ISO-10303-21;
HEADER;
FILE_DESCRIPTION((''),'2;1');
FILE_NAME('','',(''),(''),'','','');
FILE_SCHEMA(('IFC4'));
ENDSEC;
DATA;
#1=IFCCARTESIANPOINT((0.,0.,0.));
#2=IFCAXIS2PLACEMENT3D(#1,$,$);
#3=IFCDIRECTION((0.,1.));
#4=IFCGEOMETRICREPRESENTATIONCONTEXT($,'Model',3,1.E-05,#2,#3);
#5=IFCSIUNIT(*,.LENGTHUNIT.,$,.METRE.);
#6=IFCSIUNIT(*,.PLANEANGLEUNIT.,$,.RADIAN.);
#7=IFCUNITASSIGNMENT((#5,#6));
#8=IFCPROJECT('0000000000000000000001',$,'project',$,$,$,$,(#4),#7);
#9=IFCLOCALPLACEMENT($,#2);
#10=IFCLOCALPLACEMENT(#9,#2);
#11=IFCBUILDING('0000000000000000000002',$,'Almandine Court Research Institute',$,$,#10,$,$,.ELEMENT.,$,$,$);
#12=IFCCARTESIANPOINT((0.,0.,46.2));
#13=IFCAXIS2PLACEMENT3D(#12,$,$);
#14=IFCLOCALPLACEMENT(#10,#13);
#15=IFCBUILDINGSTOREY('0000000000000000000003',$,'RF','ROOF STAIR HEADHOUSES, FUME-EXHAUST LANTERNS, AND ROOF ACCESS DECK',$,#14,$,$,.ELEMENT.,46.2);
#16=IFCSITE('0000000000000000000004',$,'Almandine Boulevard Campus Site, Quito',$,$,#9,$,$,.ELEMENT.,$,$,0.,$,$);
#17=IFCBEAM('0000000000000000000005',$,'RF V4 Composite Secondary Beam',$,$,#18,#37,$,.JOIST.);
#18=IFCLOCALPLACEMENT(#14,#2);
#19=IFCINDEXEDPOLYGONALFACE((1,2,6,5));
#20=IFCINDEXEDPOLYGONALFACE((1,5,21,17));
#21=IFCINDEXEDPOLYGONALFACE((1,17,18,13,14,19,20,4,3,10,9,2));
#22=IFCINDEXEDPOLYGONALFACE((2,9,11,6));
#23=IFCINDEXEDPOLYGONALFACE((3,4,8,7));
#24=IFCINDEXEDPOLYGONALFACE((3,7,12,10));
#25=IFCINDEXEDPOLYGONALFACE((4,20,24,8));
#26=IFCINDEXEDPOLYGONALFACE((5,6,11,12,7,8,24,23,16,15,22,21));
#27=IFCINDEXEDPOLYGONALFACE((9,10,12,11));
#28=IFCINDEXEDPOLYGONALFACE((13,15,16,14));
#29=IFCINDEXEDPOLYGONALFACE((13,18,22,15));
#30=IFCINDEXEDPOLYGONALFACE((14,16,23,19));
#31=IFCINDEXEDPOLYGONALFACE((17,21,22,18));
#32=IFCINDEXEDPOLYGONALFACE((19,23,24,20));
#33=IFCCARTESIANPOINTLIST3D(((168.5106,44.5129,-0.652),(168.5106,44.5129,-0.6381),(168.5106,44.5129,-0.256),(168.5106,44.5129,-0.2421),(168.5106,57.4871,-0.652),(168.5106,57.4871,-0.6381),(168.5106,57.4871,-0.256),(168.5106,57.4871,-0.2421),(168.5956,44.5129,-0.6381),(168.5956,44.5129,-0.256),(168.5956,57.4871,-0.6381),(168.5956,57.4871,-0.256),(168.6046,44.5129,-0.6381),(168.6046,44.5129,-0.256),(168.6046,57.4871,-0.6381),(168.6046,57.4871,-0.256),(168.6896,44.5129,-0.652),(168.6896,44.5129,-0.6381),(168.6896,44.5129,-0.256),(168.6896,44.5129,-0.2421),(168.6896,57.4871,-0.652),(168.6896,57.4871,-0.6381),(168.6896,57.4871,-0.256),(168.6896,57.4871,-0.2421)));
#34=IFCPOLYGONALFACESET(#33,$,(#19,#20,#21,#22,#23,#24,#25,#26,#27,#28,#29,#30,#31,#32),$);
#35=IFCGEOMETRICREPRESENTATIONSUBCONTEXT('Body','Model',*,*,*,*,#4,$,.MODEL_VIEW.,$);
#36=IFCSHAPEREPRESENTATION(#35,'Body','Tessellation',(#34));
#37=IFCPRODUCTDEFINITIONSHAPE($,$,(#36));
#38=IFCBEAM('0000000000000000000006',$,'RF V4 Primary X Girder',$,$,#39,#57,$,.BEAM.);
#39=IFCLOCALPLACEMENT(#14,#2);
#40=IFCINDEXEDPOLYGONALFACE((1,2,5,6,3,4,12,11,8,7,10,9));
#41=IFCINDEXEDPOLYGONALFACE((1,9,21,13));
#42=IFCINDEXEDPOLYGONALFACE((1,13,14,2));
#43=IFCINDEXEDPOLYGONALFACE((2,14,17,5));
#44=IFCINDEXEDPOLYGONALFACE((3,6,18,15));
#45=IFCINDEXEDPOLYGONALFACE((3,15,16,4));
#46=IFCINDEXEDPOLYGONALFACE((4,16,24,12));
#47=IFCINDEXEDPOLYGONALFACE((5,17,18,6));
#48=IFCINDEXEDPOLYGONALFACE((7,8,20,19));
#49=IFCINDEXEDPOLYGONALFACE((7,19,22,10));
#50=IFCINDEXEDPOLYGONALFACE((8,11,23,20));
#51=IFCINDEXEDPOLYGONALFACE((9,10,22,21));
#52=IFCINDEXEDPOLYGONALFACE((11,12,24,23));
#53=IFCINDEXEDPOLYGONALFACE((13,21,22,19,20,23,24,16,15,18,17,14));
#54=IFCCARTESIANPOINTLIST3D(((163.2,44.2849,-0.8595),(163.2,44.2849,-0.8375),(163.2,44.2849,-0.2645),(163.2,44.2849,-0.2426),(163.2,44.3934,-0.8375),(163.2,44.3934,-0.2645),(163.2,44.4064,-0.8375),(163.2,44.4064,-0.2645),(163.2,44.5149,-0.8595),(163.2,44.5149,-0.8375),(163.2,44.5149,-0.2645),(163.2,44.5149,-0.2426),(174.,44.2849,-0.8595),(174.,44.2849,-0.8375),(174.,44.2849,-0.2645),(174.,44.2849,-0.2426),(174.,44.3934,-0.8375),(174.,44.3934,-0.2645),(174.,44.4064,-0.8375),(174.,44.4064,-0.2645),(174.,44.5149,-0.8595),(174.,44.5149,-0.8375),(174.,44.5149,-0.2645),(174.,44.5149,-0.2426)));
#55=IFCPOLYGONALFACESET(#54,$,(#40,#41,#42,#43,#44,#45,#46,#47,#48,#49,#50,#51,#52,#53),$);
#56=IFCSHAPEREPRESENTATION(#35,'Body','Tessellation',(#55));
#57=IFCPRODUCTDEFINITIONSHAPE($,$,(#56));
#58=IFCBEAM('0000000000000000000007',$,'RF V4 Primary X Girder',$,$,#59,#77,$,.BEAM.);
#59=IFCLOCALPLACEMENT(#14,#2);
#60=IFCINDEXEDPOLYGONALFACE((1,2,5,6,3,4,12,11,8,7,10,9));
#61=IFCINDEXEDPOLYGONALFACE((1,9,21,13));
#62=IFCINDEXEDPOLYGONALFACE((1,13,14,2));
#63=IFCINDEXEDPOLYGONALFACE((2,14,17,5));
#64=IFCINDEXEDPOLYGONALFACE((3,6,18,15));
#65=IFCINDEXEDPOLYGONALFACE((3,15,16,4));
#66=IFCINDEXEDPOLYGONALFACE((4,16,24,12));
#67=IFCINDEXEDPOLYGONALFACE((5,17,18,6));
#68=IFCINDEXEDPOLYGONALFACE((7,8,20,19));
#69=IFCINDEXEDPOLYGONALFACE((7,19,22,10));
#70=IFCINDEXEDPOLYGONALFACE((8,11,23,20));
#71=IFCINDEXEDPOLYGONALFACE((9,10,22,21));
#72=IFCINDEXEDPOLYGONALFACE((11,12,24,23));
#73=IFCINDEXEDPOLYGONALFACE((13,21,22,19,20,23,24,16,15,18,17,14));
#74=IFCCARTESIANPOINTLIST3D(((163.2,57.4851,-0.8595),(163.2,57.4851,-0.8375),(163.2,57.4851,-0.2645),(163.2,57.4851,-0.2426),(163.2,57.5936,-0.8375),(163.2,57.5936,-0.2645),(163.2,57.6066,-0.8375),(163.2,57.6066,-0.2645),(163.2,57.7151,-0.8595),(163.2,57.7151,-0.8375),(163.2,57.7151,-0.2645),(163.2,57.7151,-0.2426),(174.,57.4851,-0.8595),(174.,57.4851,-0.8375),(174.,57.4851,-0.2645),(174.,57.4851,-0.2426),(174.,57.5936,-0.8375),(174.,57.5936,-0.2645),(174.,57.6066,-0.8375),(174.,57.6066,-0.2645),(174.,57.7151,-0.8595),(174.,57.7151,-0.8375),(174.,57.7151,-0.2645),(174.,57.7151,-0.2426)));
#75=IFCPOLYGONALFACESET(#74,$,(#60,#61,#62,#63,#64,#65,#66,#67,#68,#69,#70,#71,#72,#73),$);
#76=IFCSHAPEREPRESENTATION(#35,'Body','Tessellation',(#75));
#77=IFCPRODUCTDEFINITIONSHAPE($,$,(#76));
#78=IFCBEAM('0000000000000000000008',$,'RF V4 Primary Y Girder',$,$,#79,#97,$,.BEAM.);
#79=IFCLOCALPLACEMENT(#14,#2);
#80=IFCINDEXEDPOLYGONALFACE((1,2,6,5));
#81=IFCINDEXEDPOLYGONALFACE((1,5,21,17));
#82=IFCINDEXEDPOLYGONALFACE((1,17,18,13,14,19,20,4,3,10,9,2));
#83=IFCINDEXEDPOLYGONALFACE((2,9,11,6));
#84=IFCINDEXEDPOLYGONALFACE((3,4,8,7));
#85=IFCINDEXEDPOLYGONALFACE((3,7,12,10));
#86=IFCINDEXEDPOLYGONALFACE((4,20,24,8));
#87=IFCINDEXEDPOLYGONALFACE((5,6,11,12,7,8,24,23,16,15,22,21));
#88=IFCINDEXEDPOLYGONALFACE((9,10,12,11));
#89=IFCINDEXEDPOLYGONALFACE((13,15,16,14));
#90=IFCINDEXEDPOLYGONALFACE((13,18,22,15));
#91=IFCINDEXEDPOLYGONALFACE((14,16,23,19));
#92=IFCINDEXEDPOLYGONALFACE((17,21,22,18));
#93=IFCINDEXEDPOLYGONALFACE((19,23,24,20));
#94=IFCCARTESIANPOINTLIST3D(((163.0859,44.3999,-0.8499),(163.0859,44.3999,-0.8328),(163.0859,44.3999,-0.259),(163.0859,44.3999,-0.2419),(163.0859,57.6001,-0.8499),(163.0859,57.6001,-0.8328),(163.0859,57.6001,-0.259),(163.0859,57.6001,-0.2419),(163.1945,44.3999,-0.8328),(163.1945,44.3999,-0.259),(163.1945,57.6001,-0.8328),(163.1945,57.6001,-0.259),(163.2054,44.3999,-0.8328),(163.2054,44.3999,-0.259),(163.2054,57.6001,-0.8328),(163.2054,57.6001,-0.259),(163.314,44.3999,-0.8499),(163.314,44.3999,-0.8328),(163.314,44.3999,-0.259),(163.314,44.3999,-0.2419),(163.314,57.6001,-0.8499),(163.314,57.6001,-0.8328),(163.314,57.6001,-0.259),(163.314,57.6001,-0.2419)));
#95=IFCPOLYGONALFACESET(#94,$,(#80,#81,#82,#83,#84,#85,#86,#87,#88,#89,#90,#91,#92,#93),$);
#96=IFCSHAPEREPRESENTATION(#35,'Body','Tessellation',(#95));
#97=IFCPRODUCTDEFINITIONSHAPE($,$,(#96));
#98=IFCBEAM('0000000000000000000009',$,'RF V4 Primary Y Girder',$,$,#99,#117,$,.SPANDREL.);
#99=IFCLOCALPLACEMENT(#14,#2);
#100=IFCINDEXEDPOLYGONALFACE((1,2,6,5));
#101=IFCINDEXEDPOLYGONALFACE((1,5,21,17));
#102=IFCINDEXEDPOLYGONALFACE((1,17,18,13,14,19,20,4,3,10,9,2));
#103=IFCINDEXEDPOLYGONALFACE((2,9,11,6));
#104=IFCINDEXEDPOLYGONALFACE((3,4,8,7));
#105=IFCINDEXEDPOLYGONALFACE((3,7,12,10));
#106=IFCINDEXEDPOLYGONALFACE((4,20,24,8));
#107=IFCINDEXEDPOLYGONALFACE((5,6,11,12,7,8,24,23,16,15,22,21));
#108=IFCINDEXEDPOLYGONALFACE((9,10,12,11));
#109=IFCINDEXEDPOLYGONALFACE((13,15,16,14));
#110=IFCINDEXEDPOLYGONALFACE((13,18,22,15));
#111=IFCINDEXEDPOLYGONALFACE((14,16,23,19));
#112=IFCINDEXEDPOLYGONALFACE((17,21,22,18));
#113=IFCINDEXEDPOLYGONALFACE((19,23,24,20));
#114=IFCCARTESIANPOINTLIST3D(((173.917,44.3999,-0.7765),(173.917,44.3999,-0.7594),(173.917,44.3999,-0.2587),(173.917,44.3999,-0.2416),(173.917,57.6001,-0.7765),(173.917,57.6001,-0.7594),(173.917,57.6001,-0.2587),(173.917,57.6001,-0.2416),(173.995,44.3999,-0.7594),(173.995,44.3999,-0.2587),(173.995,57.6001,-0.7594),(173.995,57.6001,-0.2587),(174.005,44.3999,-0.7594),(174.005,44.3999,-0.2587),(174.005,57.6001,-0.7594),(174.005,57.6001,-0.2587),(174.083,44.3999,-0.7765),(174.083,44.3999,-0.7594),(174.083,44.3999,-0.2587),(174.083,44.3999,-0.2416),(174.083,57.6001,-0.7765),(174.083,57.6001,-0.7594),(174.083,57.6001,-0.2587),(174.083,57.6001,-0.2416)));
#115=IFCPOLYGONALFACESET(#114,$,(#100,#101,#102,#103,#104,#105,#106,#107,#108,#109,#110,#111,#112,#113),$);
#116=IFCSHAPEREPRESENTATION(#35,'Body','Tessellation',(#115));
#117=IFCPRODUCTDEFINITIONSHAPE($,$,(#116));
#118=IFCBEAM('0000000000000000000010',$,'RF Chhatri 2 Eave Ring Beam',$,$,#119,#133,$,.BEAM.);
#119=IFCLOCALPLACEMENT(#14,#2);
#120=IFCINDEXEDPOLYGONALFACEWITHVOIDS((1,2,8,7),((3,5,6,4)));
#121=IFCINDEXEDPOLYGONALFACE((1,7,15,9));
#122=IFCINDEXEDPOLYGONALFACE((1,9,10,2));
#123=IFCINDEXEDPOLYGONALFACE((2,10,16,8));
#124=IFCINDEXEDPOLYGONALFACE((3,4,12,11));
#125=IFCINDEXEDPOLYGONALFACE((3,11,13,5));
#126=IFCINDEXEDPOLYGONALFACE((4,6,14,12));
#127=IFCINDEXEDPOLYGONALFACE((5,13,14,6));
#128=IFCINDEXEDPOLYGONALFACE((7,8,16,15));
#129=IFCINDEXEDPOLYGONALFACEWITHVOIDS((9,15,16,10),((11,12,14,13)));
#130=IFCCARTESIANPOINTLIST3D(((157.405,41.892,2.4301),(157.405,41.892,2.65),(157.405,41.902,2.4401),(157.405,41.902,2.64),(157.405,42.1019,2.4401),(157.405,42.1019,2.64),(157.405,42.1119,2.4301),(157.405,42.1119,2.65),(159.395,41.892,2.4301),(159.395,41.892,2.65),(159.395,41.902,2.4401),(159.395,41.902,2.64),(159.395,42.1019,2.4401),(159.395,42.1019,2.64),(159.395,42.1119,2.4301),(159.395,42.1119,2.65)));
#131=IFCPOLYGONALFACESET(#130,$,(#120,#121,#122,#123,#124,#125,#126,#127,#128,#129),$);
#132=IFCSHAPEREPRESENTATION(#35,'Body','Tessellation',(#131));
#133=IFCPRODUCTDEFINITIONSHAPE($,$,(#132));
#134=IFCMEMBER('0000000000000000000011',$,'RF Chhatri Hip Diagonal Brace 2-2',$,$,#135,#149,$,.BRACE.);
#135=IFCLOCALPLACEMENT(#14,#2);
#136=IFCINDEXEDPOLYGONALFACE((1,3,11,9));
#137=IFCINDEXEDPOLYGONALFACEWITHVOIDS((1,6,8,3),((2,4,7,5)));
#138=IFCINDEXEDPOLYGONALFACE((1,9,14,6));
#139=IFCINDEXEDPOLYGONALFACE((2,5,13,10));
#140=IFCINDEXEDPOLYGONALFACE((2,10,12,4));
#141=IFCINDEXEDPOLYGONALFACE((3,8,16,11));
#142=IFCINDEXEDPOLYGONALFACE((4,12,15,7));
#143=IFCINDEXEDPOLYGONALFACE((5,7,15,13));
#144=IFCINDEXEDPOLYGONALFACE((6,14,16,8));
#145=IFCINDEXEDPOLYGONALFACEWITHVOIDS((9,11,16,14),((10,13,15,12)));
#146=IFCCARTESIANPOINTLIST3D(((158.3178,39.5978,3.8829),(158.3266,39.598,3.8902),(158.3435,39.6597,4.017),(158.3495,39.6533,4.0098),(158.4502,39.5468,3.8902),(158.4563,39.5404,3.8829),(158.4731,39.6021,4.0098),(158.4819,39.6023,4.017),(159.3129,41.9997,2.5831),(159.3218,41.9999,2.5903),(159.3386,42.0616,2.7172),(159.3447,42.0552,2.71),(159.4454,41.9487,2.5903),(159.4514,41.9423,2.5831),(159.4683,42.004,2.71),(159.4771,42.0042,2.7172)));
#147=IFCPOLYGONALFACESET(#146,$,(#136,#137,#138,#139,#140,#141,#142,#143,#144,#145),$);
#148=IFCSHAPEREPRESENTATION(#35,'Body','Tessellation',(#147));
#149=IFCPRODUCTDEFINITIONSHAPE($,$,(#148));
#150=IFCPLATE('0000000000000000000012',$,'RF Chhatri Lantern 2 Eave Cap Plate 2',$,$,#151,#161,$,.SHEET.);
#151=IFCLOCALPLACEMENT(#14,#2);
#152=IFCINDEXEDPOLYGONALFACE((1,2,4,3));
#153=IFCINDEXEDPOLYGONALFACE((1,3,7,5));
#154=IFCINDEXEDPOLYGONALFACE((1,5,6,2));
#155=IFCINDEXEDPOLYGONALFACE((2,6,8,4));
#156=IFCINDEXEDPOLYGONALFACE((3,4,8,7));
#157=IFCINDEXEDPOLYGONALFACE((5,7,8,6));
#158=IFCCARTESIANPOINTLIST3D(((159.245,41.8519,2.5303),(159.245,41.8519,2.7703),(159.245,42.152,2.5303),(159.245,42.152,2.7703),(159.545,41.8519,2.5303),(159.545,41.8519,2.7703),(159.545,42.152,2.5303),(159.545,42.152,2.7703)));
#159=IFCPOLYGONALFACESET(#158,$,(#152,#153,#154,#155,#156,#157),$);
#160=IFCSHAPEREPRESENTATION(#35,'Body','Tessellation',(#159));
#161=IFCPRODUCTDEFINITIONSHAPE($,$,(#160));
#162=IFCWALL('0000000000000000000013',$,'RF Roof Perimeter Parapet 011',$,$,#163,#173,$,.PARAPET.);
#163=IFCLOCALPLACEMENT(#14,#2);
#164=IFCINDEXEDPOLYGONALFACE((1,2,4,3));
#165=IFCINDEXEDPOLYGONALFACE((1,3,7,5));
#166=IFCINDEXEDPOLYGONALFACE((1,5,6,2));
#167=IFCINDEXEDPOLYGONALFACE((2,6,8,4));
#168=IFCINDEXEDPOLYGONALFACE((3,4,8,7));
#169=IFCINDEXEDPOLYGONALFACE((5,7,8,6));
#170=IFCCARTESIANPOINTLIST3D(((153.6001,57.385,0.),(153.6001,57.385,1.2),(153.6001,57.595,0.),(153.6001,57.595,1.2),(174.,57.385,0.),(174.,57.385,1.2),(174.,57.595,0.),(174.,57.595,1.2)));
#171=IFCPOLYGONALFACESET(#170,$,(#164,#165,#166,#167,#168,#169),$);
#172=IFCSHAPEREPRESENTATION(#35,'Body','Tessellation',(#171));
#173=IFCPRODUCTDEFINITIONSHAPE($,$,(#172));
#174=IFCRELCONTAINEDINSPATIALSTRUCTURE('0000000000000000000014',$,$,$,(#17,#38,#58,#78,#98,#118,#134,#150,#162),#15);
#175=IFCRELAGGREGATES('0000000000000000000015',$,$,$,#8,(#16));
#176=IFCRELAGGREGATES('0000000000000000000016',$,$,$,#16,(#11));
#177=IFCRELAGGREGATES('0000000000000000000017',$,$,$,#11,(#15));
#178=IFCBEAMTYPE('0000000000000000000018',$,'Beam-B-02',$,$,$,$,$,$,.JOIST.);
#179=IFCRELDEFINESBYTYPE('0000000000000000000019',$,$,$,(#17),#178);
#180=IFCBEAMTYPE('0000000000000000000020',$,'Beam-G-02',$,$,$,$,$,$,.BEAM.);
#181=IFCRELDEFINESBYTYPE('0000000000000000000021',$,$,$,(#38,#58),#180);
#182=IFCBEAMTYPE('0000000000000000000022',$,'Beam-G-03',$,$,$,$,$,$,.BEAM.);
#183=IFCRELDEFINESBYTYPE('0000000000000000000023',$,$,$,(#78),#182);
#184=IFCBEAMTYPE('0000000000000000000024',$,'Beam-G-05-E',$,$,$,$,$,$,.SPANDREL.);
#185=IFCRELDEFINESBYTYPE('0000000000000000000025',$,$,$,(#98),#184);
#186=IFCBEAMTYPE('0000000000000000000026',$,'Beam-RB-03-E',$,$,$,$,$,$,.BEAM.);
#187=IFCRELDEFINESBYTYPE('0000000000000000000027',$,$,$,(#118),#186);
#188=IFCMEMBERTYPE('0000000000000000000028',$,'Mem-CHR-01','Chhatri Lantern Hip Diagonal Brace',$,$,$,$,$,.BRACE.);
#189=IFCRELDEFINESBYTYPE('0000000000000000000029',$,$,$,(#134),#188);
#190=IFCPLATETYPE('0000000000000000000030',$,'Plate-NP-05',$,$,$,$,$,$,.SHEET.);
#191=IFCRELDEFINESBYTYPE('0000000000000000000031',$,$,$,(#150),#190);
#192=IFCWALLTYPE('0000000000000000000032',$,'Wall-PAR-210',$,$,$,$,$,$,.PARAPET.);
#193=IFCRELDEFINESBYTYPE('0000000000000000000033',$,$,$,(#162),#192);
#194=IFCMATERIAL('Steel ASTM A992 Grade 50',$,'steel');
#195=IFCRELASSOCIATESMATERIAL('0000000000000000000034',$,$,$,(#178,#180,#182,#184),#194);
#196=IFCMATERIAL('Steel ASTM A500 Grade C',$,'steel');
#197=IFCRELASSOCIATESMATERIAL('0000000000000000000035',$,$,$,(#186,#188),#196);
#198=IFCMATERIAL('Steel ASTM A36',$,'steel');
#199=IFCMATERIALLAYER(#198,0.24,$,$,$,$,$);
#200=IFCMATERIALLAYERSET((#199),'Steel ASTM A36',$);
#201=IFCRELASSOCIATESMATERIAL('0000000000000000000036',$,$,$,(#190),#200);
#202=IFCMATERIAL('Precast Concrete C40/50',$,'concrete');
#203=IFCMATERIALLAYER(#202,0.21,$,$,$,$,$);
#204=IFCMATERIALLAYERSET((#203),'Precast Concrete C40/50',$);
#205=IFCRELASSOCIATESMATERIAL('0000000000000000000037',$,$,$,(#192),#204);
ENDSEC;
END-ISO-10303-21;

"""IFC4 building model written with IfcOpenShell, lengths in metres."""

from ifc_helpers import new_model, si_unit, direction, frame, frame_2d, origin, origin_2d, place, context, subcontext, project, spatial, rectangle, hollow_rectangle, i_section, extrude, material, layer, layer_set, material_profile, profile_set, type_object, element, save


model = new_model("IFC4")

# Units and contexts
model_context = context("Model", 3, precision=1e-05, world=origin(), true_north=direction((0.0, 1.0)))
body_context = subcontext(model_context, "Body", "Model", "MODEL_VIEW")
ifc_project = project(units=[si_unit("LENGTHUNIT", "METRE"), si_unit("PLANEANGLEUNIT", "RADIAN")], contexts=[model_context])

# Site, building, storey
site_placement = place(None, origin())
site = spatial("IfcSite", under=ifc_project, at=site_placement, Name="Almandine Boulevard Campus Site, Quito", CompositionType="ELEMENT", RefElevation=0.0)
building_placement = place(site_placement, origin())
building = spatial("IfcBuilding", under=site, at=building_placement, Name="Almandine Court Research Institute", CompositionType="ELEMENT")
storey_placement = place(building_placement, frame((0.0, 0.0, 46.2)))
storey = spatial("IfcBuildingStorey", under=building, at=storey_placement, Name="RF", Description="ROOF STAIR HEADHOUSES, FUME-EXHAUST LANTERNS, AND ROOF ACCESS DECK", CompositionType="ELEMENT", Elevation=46.2)

# Beams
ifc_material_1 = material(Name="Steel ASTM A992 Grade 50", Category="steel")
ifc_material_profile_1 = material_profile(ifc_material_1, i_section(OverallWidth=0.179, OverallDepth=0.4099, WebThickness=0.009, FlangeThickness=0.0139, at=origin_2d()), Name="W410x67")
ifc_profile_set_1 = profile_set([ifc_material_profile_1], Name="Steel ASTM A992 Grade 50")
beam_type_1 = type_object("IfcBeamType", Name="Beam-B-02", PredefinedType="JOIST", material=ifc_profile_set_1)
beam_1_placement = place(storey_placement, frame((168.6001, 44.5129, -0.447), z_axis=(0.0, 1.0, 0.0), x_axis=(-1.0, 0.0, 0.0)))
element("IfcBeam", 1, at=beam_1_placement, inside=storey, type_object=beam_type_1, Name="RF V4 Composite Secondary Beam", PredefinedType="JOIST", context=body_context, shape_type="SweptSolid", body=[
    extrude(i_section(OverallWidth=0.179, OverallDepth=0.4099, WebThickness=0.009, FlangeThickness=0.0139, at=origin_2d()), origin(), (0.0, 0.0, 1.0), 12.9741),
])
ifc_material_profile_2 = material_profile(ifc_material_1, i_section(OverallWidth=0.23, OverallDepth=0.6169, WebThickness=0.0129, FlangeThickness=0.022, at=origin_2d()), Name="W610x140")
ifc_profile_set_2 = profile_set([ifc_material_profile_2], Name="Steel ASTM A992 Grade 50")
beam_type_2 = type_object("IfcBeamType", Name="Beam-G-02", PredefinedType="BEAM", material=ifc_profile_set_2)
for number, where, z_axis, x_axis, name in (
    (2, (163.2, 44.3999, -0.551), (1.0, 0.0, 0.0), (0.0, 1.0, 0.0), "RF V4 Primary X Girder"),
    (3, (163.2, 57.6001, -0.551), (1.0, 0.0, 0.0), (0.0, 1.0, 0.0), "RF V4 Primary X Girder"),
):
    element("IfcBeam", number, at=place(storey_placement, frame(where, z_axis=z_axis, x_axis=x_axis)), inside=storey, type_object=beam_type_2, Name=name, PredefinedType="BEAM", context=body_context, shape_type="SweptSolid", body=[
        extrude(i_section(OverallWidth=0.23, OverallDepth=0.6169, WebThickness=0.0129, FlangeThickness=0.022, at=origin_2d()), origin(), (0.0, 0.0, 1.0), 10.8),
    ])
ifc_material_profile_3 = material_profile(ifc_material_1, i_section(OverallWidth=0.228, OverallDepth=0.6079, WebThickness=0.011, FlangeThickness=0.0171, at=origin_2d()), Name="W610x113")
ifc_profile_set_3 = profile_set([ifc_material_profile_3], Name="Steel ASTM A992 Grade 50")
beam_type_3 = type_object("IfcBeamType", Name="Beam-G-03", PredefinedType="BEAM", material=ifc_profile_set_3)
beam_2_placement = place(storey_placement, frame((163.2, 44.3999, -0.5459), z_axis=(0.0, 1.0, 0.0), x_axis=(-1.0, 0.0, 0.0)))
element("IfcBeam", 4, at=beam_2_placement, inside=storey, type_object=beam_type_3, Name="RF V4 Primary Y Girder", PredefinedType="BEAM", context=body_context, shape_type="SweptSolid", body=[
    extrude(i_section(OverallWidth=0.228, OverallDepth=0.6079, WebThickness=0.011, FlangeThickness=0.0171, at=origin_2d()), origin(), (0.0, 0.0, 1.0), 13.2002),
])
ifc_material_profile_4 = material_profile(ifc_material_1, i_section(OverallWidth=0.166, OverallDepth=0.5349, WebThickness=0.01, FlangeThickness=0.0171, at=origin_2d()), Name="W530x85")
ifc_profile_set_4 = profile_set([ifc_material_profile_4], Name="Steel ASTM A992 Grade 50")
beam_type_4 = type_object("IfcBeamType", Name="Beam-G-05-E", PredefinedType="SPANDREL", material=ifc_profile_set_4)
beam_3_placement = place(storey_placement, frame((174.0, 44.3999, -0.509), z_axis=(0.0, 1.0, 0.0), x_axis=(-1.0, 0.0, 0.0)))
element("IfcBeam", 5, at=beam_3_placement, inside=storey, type_object=beam_type_4, Name="RF V4 Primary Y Girder", PredefinedType="SPANDREL", context=body_context, shape_type="SweptSolid", body=[
    extrude(i_section(OverallWidth=0.166, OverallDepth=0.5349, WebThickness=0.01, FlangeThickness=0.0171, at=origin_2d()), origin(), (0.0, 0.0, 1.0), 13.2002),
])
ifc_material_2 = material(Name="Steel ASTM A500 Grade C", Category="steel")
ifc_material_profile_5 = material_profile(ifc_material_2, hollow_rectangle(XDim=0.22, YDim=0.22, WallThickness=0.01, at=origin_2d()), Name="HSS 220x220x10")
ifc_profile_set_5 = profile_set([ifc_material_profile_5], Name="Steel ASTM A500 Grade C")
beam_type_5 = type_object("IfcBeamType", Name="Beam-RB-03-E", PredefinedType="BEAM", material=ifc_profile_set_5)
beam_4_placement = place(storey_placement, frame((159.395, 42.002, 2.54), z_axis=(-1.0, 0.0, 0.0), x_axis=(0.0, -1.0, 0.0)))
element("IfcBeam", 6, at=beam_4_placement, inside=storey, type_object=beam_type_5, Name="RF Chhatri 2 Eave Ring Beam", PredefinedType="BEAM", context=body_context, shape_type="SweptSolid", body=[
    extrude(hollow_rectangle(XDim=0.22, YDim=0.22, WallThickness=0.01, at=origin_2d()), origin(), (0.0, 0.0, 1.0), 1.99),
])

# Member
ifc_material_profile_6 = material_profile(ifc_material_2, hollow_rectangle(XDim=0.1499, YDim=0.1499, WallThickness=0.0081, at=origin_2d()), Name="HSS 150x150x8")
ifc_profile_set_6 = profile_set([ifc_material_profile_6], Name="Steel ASTM A500 Grade C")
member_type = type_object("IfcMemberType", Name="Mem-CHR-01", Description="Chhatri Lantern Hip Diagonal Brace", PredefinedType="BRACE", material=ifc_profile_set_6)
member_placement = place(storey_placement, frame((159.395, 42.002, 2.6501), z_axis=(-0.342358, -0.826329, 0.447182), x_axis=(0.923847, -0.382761, 0.0)))
element("IfcMember", 7, at=member_placement, inside=storey, type_object=member_type, Name="RF Chhatri Hip Diagonal Brace 2-2", PredefinedType="BRACE", context=body_context, shape_type="SweptSolid", body=[
    extrude(hollow_rectangle(XDim=0.1499, YDim=0.1499, WallThickness=0.0081, at=origin_2d()), origin(), (0.0, 0.0, 1.0), 2.9067),
])

# Plate
ifc_material_3 = material(Name="Steel ASTM A36", Category="steel")
ifc_layer_1 = layer(ifc_material_3, 0.24)
ifc_layer_set_1 = layer_set([ifc_layer_1], Name="Steel ASTM A36")
plate_type = type_object("IfcPlateType", Name="Plate-NP-05", PredefinedType="SHEET", material=ifc_layer_set_1)
plate_placement = place(storey_placement, frame((159.395, 42.002, 2.5303), z_axis=(0.0, 0.0, 1.0), x_axis=(1.0, 0.0, 0.0)))
element("IfcPlate", 8, at=plate_placement, inside=storey, type_object=plate_type, Name="RF Chhatri Lantern 2 Eave Cap Plate 2", PredefinedType="SHEET", context=body_context, shape_type="SweptSolid", body=[
    extrude(rectangle(XDim=0.3, YDim=0.3, at=origin_2d()), origin(), (0.0, 0.0, 1.0), 0.24),
])

# Wall
ifc_material_4 = material(Name="Precast Concrete C40/50", Category="concrete")
ifc_layer_2 = layer(ifc_material_4, 0.21)
ifc_layer_set_2 = layer_set([ifc_layer_2], Name="Precast Concrete C40/50")
wall_type_1 = type_object("IfcWallType", Name="Wall-PAR-210", PredefinedType="PARAPET", material=ifc_layer_set_2)
wall_1_placement = place(storey_placement, frame((174.0, 57.49, 0.0), z_axis=(0.0, 0.0, 1.0), x_axis=(-1.0, 0.0, 0.0)))
element("IfcWall", 9, at=wall_1_placement, inside=storey, type_object=wall_type_1, Name="RF Roof Perimeter Parapet 011", PredefinedType="PARAPET", context=body_context, shape_type="SweptSolid", body=[
    extrude(rectangle(XDim=20.3999, YDim=0.21, at=frame_2d((10.2, 0.0))), origin(), (0.0, 0.0, 1.0), 1.2),
])

save(model, "model.ifc")
